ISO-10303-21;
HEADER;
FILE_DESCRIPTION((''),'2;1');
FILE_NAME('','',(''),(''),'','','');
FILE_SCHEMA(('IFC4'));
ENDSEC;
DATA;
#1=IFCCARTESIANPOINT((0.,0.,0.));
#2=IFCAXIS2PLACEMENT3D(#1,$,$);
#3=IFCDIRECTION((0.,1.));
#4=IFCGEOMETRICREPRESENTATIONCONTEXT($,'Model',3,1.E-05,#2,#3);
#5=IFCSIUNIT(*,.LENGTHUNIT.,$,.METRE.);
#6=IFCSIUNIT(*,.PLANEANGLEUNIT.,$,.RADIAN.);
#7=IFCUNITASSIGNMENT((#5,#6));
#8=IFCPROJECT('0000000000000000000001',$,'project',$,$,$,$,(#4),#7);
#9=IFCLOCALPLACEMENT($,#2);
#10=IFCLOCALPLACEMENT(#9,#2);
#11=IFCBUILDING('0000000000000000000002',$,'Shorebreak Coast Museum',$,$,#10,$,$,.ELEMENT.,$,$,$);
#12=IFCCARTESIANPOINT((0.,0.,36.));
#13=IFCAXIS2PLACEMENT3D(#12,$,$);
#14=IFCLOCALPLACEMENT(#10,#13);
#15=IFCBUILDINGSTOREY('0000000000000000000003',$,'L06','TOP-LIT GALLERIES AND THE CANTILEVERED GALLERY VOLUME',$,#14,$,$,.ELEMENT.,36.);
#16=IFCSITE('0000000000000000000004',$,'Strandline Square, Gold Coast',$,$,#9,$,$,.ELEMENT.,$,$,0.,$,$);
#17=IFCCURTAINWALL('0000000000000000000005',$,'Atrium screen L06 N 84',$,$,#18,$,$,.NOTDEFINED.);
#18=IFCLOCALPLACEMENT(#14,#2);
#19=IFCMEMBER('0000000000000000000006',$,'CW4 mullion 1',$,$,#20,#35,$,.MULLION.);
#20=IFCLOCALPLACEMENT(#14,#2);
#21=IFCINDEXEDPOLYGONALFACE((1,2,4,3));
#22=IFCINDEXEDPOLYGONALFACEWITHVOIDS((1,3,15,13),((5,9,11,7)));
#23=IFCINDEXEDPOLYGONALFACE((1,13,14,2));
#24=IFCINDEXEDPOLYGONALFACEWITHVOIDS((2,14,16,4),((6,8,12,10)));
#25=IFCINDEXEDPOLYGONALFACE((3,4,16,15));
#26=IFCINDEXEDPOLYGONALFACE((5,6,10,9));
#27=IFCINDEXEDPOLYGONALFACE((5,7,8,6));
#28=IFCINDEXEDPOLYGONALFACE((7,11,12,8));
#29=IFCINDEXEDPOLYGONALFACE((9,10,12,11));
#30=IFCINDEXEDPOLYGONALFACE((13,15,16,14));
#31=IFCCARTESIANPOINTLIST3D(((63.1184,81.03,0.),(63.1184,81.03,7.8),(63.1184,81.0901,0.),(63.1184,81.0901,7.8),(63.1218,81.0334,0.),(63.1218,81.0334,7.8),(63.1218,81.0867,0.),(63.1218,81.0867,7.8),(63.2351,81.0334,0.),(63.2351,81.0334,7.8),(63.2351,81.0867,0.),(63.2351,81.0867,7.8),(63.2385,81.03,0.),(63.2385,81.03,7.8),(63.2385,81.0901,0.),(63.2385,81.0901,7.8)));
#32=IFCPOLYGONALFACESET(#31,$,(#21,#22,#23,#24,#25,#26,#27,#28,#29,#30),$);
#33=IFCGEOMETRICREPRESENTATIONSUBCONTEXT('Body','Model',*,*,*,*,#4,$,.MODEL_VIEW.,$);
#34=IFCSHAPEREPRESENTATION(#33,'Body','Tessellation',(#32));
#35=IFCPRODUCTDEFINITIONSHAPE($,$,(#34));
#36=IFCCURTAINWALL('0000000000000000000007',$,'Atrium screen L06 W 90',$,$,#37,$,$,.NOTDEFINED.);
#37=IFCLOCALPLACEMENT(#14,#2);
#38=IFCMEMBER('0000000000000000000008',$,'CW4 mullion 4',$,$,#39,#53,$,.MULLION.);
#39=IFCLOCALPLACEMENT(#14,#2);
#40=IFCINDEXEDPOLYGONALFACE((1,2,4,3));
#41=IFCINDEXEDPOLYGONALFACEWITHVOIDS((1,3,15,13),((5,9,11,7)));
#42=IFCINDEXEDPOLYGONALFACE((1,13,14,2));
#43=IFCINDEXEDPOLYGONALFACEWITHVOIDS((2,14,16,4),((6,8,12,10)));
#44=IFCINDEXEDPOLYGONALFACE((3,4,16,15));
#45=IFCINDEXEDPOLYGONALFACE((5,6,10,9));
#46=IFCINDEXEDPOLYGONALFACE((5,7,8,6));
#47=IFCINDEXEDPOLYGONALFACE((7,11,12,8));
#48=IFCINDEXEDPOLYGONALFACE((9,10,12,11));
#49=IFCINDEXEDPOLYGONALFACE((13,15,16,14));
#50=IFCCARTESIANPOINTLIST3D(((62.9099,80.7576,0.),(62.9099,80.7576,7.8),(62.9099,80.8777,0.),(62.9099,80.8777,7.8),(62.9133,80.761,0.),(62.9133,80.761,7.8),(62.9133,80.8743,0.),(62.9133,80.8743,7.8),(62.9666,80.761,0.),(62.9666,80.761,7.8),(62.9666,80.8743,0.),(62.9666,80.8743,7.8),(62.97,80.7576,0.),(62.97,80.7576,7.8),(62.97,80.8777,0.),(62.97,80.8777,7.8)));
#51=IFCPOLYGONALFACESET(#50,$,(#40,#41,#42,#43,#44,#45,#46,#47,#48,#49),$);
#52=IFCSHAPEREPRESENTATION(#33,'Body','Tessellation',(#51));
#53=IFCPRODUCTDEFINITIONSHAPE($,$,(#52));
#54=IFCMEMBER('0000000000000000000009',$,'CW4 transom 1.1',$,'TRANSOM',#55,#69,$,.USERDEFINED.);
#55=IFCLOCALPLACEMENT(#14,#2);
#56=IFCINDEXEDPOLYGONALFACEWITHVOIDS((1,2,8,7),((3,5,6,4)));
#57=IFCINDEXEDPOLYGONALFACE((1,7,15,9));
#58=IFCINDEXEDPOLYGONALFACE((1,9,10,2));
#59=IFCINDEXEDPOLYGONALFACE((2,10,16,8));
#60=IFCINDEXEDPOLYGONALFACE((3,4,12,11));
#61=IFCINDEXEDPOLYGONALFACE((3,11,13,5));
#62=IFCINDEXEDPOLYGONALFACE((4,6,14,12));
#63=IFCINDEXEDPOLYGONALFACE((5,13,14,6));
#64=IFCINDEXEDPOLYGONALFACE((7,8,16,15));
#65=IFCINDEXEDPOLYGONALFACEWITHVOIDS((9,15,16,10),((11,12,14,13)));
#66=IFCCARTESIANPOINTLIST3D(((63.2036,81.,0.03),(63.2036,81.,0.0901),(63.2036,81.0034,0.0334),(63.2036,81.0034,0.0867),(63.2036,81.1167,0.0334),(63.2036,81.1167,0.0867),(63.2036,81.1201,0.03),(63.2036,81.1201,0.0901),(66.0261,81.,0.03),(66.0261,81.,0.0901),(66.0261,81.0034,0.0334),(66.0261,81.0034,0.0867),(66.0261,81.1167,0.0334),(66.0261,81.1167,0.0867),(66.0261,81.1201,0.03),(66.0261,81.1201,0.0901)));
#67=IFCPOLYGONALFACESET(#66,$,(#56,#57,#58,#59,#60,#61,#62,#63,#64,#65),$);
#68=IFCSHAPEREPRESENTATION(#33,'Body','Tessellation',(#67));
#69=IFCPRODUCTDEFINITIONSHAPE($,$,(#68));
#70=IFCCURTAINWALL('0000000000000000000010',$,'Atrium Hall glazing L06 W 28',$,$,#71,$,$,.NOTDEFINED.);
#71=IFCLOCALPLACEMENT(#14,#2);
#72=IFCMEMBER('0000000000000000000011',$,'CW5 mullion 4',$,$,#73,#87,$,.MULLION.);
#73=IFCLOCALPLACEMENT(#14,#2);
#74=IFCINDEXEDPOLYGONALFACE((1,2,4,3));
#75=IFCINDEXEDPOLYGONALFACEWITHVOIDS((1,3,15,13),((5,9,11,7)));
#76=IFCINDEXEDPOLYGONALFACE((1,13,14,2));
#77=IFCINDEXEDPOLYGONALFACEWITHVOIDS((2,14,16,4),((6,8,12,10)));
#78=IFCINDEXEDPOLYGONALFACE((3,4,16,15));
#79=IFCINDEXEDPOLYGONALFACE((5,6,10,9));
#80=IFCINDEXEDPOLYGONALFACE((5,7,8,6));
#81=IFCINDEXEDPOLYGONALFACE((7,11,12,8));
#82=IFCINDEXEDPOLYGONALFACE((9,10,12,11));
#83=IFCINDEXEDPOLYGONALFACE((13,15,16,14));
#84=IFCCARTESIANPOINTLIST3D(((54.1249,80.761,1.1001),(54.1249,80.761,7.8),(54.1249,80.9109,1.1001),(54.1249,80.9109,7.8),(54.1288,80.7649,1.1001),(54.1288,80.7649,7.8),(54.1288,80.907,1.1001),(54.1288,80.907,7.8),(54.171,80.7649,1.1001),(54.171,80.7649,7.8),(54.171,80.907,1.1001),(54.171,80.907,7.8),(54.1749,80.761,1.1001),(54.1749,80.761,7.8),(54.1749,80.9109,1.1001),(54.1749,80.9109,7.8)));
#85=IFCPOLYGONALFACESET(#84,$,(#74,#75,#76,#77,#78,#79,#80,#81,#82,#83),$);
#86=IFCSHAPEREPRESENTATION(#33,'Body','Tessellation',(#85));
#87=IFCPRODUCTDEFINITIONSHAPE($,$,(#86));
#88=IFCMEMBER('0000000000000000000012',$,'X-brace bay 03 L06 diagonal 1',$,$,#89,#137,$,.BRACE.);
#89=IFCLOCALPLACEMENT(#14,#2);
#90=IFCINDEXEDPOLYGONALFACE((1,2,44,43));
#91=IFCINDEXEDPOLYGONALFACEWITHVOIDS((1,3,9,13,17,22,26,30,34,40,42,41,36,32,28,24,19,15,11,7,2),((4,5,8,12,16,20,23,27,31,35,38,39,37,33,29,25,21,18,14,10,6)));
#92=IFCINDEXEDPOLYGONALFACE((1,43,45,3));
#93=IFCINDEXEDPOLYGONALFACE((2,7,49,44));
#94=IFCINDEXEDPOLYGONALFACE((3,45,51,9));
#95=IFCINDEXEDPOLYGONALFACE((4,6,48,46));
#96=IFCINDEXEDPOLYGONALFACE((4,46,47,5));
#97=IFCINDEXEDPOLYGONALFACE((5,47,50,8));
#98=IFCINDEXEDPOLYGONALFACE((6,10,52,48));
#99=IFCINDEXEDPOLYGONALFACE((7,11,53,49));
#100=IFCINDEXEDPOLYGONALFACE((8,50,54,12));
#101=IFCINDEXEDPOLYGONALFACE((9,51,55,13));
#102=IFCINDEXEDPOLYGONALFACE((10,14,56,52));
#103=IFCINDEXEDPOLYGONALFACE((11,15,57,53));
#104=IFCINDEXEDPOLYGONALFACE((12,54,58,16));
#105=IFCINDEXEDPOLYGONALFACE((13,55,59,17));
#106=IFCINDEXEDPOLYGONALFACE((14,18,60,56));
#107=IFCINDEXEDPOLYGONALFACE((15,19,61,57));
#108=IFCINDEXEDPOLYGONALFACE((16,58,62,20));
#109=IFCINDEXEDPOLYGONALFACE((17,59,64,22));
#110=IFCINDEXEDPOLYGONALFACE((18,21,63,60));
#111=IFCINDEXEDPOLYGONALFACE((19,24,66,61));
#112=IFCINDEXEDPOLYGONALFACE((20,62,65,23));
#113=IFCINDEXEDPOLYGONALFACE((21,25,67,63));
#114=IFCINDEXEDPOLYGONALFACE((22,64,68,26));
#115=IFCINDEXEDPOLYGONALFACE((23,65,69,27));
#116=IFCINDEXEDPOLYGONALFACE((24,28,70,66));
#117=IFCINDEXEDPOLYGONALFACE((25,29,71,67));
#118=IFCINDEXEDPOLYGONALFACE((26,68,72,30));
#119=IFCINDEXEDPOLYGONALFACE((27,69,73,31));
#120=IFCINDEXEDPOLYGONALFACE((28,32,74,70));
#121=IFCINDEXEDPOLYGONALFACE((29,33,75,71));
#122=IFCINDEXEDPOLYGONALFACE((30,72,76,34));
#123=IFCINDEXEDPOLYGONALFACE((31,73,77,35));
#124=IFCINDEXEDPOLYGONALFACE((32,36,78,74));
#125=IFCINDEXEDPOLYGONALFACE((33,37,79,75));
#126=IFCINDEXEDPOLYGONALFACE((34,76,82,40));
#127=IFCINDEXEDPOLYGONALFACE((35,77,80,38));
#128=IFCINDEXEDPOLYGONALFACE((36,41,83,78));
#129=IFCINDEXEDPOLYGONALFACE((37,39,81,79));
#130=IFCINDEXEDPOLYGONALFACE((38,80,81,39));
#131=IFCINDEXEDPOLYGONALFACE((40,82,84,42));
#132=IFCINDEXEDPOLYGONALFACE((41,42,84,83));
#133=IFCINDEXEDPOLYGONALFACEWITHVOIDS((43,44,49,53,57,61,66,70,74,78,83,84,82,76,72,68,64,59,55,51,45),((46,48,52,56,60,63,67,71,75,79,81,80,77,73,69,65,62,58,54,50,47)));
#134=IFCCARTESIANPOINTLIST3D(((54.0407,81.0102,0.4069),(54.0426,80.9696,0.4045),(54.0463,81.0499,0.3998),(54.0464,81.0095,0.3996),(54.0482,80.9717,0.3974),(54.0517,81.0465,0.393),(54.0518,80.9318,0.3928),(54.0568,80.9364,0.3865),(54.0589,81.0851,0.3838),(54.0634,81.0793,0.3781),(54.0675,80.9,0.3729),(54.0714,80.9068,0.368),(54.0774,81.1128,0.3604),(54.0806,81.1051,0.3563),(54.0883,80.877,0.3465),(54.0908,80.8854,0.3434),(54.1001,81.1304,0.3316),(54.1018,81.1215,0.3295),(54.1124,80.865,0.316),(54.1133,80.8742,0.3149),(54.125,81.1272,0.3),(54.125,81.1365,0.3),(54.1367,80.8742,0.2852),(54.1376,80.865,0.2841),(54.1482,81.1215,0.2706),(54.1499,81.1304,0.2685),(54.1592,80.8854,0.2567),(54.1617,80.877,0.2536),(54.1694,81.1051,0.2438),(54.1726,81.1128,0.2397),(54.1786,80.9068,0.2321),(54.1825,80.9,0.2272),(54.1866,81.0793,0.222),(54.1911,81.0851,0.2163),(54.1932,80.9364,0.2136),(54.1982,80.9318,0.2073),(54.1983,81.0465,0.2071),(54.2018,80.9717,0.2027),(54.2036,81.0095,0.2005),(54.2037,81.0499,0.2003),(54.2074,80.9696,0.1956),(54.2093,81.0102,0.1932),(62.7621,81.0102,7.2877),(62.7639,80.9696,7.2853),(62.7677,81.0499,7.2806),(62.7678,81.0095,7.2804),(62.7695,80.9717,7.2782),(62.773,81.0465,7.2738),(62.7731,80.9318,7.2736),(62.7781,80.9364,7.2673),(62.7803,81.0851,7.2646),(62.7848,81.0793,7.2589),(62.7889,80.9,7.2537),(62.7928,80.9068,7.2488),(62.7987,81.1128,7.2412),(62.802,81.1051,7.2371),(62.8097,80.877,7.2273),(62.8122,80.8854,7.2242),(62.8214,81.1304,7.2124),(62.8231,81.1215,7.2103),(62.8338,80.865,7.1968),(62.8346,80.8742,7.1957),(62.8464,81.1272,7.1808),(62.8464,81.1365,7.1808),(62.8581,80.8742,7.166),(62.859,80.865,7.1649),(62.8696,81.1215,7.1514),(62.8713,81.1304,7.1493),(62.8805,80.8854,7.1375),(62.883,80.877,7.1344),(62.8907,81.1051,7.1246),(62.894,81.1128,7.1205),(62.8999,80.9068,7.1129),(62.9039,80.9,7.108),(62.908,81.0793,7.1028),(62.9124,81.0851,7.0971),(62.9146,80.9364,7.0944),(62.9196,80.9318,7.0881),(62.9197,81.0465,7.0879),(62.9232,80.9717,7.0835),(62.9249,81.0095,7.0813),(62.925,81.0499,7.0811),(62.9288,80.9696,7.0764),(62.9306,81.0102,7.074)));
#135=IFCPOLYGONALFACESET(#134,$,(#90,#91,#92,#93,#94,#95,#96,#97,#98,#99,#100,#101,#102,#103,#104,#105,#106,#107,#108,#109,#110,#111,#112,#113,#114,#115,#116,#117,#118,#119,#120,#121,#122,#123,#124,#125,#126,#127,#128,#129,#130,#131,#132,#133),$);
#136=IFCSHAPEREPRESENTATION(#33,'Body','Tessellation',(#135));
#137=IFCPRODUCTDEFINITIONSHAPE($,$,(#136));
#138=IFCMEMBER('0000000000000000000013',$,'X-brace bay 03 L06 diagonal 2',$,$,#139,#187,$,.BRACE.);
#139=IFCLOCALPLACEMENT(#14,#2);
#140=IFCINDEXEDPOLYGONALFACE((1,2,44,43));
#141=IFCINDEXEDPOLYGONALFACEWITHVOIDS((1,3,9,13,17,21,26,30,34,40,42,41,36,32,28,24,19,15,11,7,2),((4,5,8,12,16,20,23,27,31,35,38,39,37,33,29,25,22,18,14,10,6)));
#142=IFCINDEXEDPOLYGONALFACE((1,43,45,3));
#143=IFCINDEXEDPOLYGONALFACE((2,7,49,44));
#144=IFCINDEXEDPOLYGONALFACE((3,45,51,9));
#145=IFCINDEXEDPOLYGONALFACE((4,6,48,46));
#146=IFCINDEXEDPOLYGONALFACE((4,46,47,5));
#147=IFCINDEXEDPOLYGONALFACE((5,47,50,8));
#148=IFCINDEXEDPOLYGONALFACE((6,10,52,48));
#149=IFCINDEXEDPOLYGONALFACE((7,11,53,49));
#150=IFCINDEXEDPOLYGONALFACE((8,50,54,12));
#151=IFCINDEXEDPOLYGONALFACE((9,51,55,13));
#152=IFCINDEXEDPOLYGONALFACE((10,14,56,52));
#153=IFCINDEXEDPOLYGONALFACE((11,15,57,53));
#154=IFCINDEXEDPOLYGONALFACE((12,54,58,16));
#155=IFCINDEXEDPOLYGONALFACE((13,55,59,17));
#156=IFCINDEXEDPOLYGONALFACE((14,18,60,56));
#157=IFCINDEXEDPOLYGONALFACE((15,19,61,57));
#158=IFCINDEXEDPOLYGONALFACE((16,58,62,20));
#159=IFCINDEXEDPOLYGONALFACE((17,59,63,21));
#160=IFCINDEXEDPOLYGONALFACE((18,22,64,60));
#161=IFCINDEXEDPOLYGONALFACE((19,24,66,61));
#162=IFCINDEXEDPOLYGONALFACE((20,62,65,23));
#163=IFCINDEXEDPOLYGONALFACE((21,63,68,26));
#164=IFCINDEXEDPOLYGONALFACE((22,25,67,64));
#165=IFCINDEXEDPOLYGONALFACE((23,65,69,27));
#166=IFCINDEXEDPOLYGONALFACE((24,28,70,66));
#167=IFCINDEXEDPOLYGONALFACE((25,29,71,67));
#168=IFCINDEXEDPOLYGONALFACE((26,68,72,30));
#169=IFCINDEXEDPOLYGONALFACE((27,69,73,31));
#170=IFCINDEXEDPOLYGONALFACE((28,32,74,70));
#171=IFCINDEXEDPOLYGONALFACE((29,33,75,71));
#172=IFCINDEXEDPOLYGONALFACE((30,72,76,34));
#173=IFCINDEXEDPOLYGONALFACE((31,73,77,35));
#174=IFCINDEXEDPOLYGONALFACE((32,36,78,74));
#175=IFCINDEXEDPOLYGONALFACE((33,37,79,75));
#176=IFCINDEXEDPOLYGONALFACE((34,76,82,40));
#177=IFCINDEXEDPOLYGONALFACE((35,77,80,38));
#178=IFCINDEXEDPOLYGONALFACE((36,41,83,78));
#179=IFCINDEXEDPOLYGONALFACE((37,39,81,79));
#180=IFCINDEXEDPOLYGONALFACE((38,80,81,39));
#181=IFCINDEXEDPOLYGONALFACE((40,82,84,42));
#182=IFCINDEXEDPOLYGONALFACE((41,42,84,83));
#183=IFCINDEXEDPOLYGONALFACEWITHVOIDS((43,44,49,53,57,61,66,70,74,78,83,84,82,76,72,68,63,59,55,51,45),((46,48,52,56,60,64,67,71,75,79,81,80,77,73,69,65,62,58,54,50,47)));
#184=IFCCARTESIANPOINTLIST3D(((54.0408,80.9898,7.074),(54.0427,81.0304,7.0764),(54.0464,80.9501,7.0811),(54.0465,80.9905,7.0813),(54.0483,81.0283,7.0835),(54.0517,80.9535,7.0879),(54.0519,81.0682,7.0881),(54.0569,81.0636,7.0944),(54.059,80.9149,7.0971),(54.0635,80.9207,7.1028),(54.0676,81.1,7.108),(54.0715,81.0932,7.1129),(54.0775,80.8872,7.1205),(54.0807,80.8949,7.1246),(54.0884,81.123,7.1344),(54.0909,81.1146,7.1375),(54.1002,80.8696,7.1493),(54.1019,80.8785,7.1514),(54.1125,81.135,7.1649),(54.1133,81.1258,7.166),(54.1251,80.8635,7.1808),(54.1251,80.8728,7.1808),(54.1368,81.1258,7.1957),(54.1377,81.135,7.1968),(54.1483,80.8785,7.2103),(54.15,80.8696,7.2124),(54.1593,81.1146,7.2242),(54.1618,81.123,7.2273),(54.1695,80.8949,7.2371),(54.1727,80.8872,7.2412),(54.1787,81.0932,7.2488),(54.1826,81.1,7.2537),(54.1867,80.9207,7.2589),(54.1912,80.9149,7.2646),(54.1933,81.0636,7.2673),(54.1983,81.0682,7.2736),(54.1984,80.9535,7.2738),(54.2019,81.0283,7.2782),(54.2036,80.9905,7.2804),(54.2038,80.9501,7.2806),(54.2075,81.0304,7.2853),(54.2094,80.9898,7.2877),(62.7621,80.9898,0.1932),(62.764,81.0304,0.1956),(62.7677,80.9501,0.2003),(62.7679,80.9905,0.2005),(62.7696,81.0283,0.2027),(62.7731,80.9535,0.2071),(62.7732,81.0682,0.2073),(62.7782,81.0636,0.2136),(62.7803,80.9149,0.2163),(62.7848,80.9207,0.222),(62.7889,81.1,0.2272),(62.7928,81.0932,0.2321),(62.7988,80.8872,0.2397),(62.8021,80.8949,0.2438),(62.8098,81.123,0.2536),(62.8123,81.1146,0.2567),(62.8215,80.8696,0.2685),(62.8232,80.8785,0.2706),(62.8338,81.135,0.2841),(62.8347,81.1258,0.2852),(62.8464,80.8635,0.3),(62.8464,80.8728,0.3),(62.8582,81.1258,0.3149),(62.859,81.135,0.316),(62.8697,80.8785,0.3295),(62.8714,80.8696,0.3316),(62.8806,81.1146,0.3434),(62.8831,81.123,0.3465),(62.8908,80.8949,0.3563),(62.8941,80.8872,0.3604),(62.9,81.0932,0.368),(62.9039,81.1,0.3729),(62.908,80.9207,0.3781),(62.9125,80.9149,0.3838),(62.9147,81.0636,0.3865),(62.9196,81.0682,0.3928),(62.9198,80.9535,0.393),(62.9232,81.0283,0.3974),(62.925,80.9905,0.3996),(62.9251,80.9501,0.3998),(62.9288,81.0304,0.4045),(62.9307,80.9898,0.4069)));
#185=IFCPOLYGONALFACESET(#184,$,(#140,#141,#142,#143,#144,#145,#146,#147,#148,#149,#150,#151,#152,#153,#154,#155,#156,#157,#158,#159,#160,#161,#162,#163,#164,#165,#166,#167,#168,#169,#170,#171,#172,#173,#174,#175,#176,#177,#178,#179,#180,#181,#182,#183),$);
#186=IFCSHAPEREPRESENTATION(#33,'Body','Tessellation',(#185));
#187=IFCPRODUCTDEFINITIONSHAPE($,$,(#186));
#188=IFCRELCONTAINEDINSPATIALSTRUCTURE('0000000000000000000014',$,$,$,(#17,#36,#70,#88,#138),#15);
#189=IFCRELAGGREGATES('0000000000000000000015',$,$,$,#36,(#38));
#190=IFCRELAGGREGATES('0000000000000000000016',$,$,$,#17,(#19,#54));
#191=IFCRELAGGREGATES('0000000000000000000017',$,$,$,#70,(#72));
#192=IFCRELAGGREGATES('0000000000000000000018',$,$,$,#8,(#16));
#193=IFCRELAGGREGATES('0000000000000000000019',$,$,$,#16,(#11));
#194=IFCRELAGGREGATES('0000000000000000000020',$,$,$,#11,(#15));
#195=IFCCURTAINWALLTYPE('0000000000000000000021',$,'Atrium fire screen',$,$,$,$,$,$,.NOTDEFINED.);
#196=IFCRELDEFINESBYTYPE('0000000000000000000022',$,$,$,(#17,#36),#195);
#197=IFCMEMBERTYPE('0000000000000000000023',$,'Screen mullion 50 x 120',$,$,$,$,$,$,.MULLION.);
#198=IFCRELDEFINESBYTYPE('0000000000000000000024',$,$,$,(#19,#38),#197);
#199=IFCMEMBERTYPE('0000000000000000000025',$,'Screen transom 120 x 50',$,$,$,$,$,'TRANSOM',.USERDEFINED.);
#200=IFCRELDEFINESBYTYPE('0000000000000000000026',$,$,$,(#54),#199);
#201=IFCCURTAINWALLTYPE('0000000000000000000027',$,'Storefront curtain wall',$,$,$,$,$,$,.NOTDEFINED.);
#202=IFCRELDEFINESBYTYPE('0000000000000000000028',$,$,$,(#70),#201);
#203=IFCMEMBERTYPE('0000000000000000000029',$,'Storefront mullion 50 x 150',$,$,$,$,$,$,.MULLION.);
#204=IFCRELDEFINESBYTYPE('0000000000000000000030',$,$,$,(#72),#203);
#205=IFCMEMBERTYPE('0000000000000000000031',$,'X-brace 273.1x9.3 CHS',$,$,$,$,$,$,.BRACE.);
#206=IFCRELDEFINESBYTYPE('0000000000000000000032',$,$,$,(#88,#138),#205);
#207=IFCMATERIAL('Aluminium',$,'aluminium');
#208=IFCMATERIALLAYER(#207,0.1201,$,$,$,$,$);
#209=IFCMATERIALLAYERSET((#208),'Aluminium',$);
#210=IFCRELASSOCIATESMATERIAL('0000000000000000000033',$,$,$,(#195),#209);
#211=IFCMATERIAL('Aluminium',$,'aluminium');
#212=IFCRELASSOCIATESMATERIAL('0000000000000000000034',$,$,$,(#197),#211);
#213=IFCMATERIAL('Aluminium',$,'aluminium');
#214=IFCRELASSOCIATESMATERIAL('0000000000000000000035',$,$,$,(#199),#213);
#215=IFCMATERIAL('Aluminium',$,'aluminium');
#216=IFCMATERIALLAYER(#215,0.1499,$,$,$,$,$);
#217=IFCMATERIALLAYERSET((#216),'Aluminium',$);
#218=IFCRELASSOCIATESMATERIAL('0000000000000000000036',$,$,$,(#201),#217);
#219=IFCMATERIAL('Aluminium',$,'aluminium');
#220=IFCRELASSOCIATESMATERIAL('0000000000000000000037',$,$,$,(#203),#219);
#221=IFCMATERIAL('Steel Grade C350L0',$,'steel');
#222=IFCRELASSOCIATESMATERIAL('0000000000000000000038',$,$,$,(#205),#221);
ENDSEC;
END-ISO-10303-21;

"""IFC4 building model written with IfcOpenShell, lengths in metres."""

from ifc_helpers import new_model, si_unit, direction, frame, origin, origin_2d, place, context, subcontext, project, spatial, hollow_rectangle, hollow_circle, extrude, material, layer, layer_set, material_profile, profile_set, type_object, element, aggregate, save


model = new_model("IFC4")

# Units and contexts
model_context = context("Model", 3, precision=1e-05, world=origin(), true_north=direction((0.0, 1.0)))
body_context = subcontext(model_context, "Body", "Model", "MODEL_VIEW")
ifc_project = project(units=[si_unit("LENGTHUNIT", "METRE"), si_unit("PLANEANGLEUNIT", "RADIAN")], contexts=[model_context])

# Site, building, storey
site_placement = place(None, origin())
site = spatial("IfcSite", under=ifc_project, at=site_placement, Name="Strandline Square, Gold Coast", CompositionType="ELEMENT", RefElevation=0.0)
building_placement = place(site_placement, origin())
building = spatial("IfcBuilding", under=site, at=building_placement, Name="Shorebreak Coast Museum", CompositionType="ELEMENT")
storey_placement = place(building_placement, frame((0.0, 0.0, 36.0)))
storey = spatial("IfcBuildingStorey", under=building, at=storey_placement, Name="L06", Description="TOP-LIT GALLERIES AND THE CANTILEVERED GALLERY VOLUME", CompositionType="ELEMENT", Elevation=36.0)

# Curtain walls, members
ifc_material_1 = material(Name="Aluminium", Category="aluminium")
ifc_layer_1 = layer(ifc_material_1, 0.1201)
ifc_layer_set_1 = layer_set([ifc_layer_1], Name="Aluminium")
curtain_wall_type_1 = type_object("IfcCurtainWallType", Name="Atrium fire screen", PredefinedType="NOTDEFINED", material=ifc_layer_set_1)
curtain_wall_1_placement = place(storey_placement, origin())
curtain_wall_1 = element("IfcCurtainWall", 1, at=curtain_wall_1_placement, inside=storey, type_object=curtain_wall_type_1, Name="Atrium screen L06 N 84", PredefinedType="NOTDEFINED")
ifc_material_2 = material(Name="Aluminium", Category="aluminium")
ifc_material_profile_1 = material_profile(ifc_material_2, hollow_rectangle(XDim=0.0601, YDim=0.1201, WallThickness=0.0034, at=origin_2d()), Name="AL 120x60 RHS")
ifc_profile_set_1 = profile_set([ifc_material_profile_1], Name="Aluminium")
member_type_1 = type_object("IfcMemberType", Name="Screen mullion 50 x 120", PredefinedType="MULLION", material=ifc_profile_set_1)
member_1_placement = place(storey_placement, frame((63.1785, 81.0601, 0.0), z_axis=(0.0, 0.0, 1.0), x_axis=(0.0, 1.0, 0.0)))
member_1 = element("IfcMember", 2, at=member_1_placement, type_object=member_type_1, Name="CW4 mullion 1", PredefinedType="MULLION", context=body_context, shape_type="SweptSolid", body=[
    extrude(hollow_rectangle(XDim=0.0601, YDim=0.1201, WallThickness=0.0034, at=origin_2d()), origin(), (0.0, 0.0, 1.0), 7.8),
])
curtain_wall_2_placement = place(storey_placement, origin())
curtain_wall_2 = element("IfcCurtainWall", 3, at=curtain_wall_2_placement, inside=storey, type_object=curtain_wall_type_1, Name="Atrium screen L06 W 90", PredefinedType="NOTDEFINED")
member_2_placement = place(storey_placement, frame((62.9399, 80.8176, 0.0), z_axis=(0.0, 0.0, 1.0), x_axis=(-1.0, 0.0, 0.0)))
member_2 = element("IfcMember", 4, at=member_2_placement, type_object=member_type_1, Name="CW4 mullion 4", PredefinedType="MULLION", context=body_context, shape_type="SweptSolid", body=[
    extrude(hollow_rectangle(XDim=0.0601, YDim=0.1201, WallThickness=0.0034, at=origin_2d()), origin(), (0.0, 0.0, 1.0), 7.8),
])
aggregate(curtain_wall_2, [member_2])

# Member
ifc_material_3 = material(Name="Aluminium", Category="aluminium")
ifc_material_profile_2 = material_profile(ifc_material_3, hollow_rectangle(XDim=0.1201, YDim=0.0601, WallThickness=0.0034, at=origin_2d()), Name="AL 60x120 RHS")
ifc_profile_set_2 = profile_set([ifc_material_profile_2], Name="Aluminium")
member_type_2 = type_object("IfcMemberType", Name="Screen transom 120 x 50", ElementType="TRANSOM", PredefinedType="USERDEFINED", material=ifc_profile_set_2)
member_3_placement = place(storey_placement, frame((63.2036, 81.0601, 0.0601), z_axis=(1.0, 0.0, 0.0), x_axis=(0.0, 1.0, 0.0)))
member_3 = element("IfcMember", 5, at=member_3_placement, type_object=member_type_2, Name="CW4 transom 1.1", ObjectType="TRANSOM", PredefinedType="USERDEFINED", context=body_context, shape_type="SweptSolid", body=[
    extrude(hollow_rectangle(XDim=0.1201, YDim=0.0601, WallThickness=0.0034, at=origin_2d()), origin(), (0.0, 0.0, 1.0), 2.8225),
])
aggregate(curtain_wall_1, [member_1, member_3])

# Curtain wall, member
ifc_material_4 = material(Name="Aluminium", Category="aluminium")
ifc_layer_2 = layer(ifc_material_4, 0.1499)
ifc_layer_set_2 = layer_set([ifc_layer_2], Name="Aluminium")
curtain_wall_type_2 = type_object("IfcCurtainWallType", Name="Storefront curtain wall", PredefinedType="NOTDEFINED", material=ifc_layer_set_2)
curtain_wall_3_placement = place(storey_placement, origin())
curtain_wall_3 = element("IfcCurtainWall", 6, at=curtain_wall_3_placement, inside=storey, type_object=curtain_wall_type_2, Name="Atrium Hall glazing L06 W 28", PredefinedType="NOTDEFINED")
ifc_material_5 = material(Name="Aluminium", Category="aluminium")
ifc_material_profile_3 = material_profile(ifc_material_5, hollow_rectangle(XDim=0.05, YDim=0.1499, WallThickness=0.0039, at=origin_2d()), Name="AL 150x50 RHS")
ifc_profile_set_3 = profile_set([ifc_material_profile_3], Name="Aluminium")
member_type_3 = type_object("IfcMemberType", Name="Storefront mullion 50 x 150", PredefinedType="MULLION", material=ifc_profile_set_3)
member_4_placement = place(storey_placement, frame((54.1499, 80.8359, 1.1001), z_axis=(0.0, 0.0, 1.0), x_axis=(-1.0, 0.0, 0.0)))
member_4 = element("IfcMember", 7, at=member_4_placement, type_object=member_type_3, Name="CW5 mullion 4", PredefinedType="MULLION", context=body_context, shape_type="SweptSolid", body=[
    extrude(hollow_rectangle(XDim=0.05, YDim=0.1499, WallThickness=0.0039, at=origin_2d()), origin(), (0.0, 0.0, 1.0), 6.7),
])
aggregate(curtain_wall_3, [member_4])

# Members
ifc_material_6 = material(Name="Steel Grade C350L0", Category="steel")
ifc_material_profile_4 = material_profile(ifc_material_6, hollow_circle(Radius=0.1365, WallThickness=0.0093, at=origin_2d()), Name="273.1x9.3 CHS")
ifc_profile_set_4 = profile_set([ifc_material_profile_4], Name="Steel Grade C350L0")
member_type_4 = type_object("IfcMemberType", Name="X-brace 273.1x9.3 CHS", PredefinedType="BRACE", material=ifc_profile_set_4)
for number, where, z_axis, x_axis, name in (
    (8, (54.125, 81.0, 0.3), (0.785079, 0.0, 0.619396), (0.0, 1.0, 0.0), "X-brace bay 03 L06 diagonal 1"),
    (9, (62.8464, 81.0, 0.3), (-0.785079, 0.0, 0.619396), (0.0, -1.0, 0.0), "X-brace bay 03 L06 diagonal 2"),
):
    element("IfcMember", number, at=place(storey_placement, frame(where, z_axis=z_axis, x_axis=x_axis)), inside=storey, type_object=member_type_4, Name=name, PredefinedType="BRACE", context=body_context, shape_type="SweptSolid", body=[
        extrude(hollow_circle(Radius=0.1365, WallThickness=0.0093, at=origin_2d()), origin(), (0.0, 0.0, 1.0), 11.1089),
    ])

save(model, "model.ifc")
